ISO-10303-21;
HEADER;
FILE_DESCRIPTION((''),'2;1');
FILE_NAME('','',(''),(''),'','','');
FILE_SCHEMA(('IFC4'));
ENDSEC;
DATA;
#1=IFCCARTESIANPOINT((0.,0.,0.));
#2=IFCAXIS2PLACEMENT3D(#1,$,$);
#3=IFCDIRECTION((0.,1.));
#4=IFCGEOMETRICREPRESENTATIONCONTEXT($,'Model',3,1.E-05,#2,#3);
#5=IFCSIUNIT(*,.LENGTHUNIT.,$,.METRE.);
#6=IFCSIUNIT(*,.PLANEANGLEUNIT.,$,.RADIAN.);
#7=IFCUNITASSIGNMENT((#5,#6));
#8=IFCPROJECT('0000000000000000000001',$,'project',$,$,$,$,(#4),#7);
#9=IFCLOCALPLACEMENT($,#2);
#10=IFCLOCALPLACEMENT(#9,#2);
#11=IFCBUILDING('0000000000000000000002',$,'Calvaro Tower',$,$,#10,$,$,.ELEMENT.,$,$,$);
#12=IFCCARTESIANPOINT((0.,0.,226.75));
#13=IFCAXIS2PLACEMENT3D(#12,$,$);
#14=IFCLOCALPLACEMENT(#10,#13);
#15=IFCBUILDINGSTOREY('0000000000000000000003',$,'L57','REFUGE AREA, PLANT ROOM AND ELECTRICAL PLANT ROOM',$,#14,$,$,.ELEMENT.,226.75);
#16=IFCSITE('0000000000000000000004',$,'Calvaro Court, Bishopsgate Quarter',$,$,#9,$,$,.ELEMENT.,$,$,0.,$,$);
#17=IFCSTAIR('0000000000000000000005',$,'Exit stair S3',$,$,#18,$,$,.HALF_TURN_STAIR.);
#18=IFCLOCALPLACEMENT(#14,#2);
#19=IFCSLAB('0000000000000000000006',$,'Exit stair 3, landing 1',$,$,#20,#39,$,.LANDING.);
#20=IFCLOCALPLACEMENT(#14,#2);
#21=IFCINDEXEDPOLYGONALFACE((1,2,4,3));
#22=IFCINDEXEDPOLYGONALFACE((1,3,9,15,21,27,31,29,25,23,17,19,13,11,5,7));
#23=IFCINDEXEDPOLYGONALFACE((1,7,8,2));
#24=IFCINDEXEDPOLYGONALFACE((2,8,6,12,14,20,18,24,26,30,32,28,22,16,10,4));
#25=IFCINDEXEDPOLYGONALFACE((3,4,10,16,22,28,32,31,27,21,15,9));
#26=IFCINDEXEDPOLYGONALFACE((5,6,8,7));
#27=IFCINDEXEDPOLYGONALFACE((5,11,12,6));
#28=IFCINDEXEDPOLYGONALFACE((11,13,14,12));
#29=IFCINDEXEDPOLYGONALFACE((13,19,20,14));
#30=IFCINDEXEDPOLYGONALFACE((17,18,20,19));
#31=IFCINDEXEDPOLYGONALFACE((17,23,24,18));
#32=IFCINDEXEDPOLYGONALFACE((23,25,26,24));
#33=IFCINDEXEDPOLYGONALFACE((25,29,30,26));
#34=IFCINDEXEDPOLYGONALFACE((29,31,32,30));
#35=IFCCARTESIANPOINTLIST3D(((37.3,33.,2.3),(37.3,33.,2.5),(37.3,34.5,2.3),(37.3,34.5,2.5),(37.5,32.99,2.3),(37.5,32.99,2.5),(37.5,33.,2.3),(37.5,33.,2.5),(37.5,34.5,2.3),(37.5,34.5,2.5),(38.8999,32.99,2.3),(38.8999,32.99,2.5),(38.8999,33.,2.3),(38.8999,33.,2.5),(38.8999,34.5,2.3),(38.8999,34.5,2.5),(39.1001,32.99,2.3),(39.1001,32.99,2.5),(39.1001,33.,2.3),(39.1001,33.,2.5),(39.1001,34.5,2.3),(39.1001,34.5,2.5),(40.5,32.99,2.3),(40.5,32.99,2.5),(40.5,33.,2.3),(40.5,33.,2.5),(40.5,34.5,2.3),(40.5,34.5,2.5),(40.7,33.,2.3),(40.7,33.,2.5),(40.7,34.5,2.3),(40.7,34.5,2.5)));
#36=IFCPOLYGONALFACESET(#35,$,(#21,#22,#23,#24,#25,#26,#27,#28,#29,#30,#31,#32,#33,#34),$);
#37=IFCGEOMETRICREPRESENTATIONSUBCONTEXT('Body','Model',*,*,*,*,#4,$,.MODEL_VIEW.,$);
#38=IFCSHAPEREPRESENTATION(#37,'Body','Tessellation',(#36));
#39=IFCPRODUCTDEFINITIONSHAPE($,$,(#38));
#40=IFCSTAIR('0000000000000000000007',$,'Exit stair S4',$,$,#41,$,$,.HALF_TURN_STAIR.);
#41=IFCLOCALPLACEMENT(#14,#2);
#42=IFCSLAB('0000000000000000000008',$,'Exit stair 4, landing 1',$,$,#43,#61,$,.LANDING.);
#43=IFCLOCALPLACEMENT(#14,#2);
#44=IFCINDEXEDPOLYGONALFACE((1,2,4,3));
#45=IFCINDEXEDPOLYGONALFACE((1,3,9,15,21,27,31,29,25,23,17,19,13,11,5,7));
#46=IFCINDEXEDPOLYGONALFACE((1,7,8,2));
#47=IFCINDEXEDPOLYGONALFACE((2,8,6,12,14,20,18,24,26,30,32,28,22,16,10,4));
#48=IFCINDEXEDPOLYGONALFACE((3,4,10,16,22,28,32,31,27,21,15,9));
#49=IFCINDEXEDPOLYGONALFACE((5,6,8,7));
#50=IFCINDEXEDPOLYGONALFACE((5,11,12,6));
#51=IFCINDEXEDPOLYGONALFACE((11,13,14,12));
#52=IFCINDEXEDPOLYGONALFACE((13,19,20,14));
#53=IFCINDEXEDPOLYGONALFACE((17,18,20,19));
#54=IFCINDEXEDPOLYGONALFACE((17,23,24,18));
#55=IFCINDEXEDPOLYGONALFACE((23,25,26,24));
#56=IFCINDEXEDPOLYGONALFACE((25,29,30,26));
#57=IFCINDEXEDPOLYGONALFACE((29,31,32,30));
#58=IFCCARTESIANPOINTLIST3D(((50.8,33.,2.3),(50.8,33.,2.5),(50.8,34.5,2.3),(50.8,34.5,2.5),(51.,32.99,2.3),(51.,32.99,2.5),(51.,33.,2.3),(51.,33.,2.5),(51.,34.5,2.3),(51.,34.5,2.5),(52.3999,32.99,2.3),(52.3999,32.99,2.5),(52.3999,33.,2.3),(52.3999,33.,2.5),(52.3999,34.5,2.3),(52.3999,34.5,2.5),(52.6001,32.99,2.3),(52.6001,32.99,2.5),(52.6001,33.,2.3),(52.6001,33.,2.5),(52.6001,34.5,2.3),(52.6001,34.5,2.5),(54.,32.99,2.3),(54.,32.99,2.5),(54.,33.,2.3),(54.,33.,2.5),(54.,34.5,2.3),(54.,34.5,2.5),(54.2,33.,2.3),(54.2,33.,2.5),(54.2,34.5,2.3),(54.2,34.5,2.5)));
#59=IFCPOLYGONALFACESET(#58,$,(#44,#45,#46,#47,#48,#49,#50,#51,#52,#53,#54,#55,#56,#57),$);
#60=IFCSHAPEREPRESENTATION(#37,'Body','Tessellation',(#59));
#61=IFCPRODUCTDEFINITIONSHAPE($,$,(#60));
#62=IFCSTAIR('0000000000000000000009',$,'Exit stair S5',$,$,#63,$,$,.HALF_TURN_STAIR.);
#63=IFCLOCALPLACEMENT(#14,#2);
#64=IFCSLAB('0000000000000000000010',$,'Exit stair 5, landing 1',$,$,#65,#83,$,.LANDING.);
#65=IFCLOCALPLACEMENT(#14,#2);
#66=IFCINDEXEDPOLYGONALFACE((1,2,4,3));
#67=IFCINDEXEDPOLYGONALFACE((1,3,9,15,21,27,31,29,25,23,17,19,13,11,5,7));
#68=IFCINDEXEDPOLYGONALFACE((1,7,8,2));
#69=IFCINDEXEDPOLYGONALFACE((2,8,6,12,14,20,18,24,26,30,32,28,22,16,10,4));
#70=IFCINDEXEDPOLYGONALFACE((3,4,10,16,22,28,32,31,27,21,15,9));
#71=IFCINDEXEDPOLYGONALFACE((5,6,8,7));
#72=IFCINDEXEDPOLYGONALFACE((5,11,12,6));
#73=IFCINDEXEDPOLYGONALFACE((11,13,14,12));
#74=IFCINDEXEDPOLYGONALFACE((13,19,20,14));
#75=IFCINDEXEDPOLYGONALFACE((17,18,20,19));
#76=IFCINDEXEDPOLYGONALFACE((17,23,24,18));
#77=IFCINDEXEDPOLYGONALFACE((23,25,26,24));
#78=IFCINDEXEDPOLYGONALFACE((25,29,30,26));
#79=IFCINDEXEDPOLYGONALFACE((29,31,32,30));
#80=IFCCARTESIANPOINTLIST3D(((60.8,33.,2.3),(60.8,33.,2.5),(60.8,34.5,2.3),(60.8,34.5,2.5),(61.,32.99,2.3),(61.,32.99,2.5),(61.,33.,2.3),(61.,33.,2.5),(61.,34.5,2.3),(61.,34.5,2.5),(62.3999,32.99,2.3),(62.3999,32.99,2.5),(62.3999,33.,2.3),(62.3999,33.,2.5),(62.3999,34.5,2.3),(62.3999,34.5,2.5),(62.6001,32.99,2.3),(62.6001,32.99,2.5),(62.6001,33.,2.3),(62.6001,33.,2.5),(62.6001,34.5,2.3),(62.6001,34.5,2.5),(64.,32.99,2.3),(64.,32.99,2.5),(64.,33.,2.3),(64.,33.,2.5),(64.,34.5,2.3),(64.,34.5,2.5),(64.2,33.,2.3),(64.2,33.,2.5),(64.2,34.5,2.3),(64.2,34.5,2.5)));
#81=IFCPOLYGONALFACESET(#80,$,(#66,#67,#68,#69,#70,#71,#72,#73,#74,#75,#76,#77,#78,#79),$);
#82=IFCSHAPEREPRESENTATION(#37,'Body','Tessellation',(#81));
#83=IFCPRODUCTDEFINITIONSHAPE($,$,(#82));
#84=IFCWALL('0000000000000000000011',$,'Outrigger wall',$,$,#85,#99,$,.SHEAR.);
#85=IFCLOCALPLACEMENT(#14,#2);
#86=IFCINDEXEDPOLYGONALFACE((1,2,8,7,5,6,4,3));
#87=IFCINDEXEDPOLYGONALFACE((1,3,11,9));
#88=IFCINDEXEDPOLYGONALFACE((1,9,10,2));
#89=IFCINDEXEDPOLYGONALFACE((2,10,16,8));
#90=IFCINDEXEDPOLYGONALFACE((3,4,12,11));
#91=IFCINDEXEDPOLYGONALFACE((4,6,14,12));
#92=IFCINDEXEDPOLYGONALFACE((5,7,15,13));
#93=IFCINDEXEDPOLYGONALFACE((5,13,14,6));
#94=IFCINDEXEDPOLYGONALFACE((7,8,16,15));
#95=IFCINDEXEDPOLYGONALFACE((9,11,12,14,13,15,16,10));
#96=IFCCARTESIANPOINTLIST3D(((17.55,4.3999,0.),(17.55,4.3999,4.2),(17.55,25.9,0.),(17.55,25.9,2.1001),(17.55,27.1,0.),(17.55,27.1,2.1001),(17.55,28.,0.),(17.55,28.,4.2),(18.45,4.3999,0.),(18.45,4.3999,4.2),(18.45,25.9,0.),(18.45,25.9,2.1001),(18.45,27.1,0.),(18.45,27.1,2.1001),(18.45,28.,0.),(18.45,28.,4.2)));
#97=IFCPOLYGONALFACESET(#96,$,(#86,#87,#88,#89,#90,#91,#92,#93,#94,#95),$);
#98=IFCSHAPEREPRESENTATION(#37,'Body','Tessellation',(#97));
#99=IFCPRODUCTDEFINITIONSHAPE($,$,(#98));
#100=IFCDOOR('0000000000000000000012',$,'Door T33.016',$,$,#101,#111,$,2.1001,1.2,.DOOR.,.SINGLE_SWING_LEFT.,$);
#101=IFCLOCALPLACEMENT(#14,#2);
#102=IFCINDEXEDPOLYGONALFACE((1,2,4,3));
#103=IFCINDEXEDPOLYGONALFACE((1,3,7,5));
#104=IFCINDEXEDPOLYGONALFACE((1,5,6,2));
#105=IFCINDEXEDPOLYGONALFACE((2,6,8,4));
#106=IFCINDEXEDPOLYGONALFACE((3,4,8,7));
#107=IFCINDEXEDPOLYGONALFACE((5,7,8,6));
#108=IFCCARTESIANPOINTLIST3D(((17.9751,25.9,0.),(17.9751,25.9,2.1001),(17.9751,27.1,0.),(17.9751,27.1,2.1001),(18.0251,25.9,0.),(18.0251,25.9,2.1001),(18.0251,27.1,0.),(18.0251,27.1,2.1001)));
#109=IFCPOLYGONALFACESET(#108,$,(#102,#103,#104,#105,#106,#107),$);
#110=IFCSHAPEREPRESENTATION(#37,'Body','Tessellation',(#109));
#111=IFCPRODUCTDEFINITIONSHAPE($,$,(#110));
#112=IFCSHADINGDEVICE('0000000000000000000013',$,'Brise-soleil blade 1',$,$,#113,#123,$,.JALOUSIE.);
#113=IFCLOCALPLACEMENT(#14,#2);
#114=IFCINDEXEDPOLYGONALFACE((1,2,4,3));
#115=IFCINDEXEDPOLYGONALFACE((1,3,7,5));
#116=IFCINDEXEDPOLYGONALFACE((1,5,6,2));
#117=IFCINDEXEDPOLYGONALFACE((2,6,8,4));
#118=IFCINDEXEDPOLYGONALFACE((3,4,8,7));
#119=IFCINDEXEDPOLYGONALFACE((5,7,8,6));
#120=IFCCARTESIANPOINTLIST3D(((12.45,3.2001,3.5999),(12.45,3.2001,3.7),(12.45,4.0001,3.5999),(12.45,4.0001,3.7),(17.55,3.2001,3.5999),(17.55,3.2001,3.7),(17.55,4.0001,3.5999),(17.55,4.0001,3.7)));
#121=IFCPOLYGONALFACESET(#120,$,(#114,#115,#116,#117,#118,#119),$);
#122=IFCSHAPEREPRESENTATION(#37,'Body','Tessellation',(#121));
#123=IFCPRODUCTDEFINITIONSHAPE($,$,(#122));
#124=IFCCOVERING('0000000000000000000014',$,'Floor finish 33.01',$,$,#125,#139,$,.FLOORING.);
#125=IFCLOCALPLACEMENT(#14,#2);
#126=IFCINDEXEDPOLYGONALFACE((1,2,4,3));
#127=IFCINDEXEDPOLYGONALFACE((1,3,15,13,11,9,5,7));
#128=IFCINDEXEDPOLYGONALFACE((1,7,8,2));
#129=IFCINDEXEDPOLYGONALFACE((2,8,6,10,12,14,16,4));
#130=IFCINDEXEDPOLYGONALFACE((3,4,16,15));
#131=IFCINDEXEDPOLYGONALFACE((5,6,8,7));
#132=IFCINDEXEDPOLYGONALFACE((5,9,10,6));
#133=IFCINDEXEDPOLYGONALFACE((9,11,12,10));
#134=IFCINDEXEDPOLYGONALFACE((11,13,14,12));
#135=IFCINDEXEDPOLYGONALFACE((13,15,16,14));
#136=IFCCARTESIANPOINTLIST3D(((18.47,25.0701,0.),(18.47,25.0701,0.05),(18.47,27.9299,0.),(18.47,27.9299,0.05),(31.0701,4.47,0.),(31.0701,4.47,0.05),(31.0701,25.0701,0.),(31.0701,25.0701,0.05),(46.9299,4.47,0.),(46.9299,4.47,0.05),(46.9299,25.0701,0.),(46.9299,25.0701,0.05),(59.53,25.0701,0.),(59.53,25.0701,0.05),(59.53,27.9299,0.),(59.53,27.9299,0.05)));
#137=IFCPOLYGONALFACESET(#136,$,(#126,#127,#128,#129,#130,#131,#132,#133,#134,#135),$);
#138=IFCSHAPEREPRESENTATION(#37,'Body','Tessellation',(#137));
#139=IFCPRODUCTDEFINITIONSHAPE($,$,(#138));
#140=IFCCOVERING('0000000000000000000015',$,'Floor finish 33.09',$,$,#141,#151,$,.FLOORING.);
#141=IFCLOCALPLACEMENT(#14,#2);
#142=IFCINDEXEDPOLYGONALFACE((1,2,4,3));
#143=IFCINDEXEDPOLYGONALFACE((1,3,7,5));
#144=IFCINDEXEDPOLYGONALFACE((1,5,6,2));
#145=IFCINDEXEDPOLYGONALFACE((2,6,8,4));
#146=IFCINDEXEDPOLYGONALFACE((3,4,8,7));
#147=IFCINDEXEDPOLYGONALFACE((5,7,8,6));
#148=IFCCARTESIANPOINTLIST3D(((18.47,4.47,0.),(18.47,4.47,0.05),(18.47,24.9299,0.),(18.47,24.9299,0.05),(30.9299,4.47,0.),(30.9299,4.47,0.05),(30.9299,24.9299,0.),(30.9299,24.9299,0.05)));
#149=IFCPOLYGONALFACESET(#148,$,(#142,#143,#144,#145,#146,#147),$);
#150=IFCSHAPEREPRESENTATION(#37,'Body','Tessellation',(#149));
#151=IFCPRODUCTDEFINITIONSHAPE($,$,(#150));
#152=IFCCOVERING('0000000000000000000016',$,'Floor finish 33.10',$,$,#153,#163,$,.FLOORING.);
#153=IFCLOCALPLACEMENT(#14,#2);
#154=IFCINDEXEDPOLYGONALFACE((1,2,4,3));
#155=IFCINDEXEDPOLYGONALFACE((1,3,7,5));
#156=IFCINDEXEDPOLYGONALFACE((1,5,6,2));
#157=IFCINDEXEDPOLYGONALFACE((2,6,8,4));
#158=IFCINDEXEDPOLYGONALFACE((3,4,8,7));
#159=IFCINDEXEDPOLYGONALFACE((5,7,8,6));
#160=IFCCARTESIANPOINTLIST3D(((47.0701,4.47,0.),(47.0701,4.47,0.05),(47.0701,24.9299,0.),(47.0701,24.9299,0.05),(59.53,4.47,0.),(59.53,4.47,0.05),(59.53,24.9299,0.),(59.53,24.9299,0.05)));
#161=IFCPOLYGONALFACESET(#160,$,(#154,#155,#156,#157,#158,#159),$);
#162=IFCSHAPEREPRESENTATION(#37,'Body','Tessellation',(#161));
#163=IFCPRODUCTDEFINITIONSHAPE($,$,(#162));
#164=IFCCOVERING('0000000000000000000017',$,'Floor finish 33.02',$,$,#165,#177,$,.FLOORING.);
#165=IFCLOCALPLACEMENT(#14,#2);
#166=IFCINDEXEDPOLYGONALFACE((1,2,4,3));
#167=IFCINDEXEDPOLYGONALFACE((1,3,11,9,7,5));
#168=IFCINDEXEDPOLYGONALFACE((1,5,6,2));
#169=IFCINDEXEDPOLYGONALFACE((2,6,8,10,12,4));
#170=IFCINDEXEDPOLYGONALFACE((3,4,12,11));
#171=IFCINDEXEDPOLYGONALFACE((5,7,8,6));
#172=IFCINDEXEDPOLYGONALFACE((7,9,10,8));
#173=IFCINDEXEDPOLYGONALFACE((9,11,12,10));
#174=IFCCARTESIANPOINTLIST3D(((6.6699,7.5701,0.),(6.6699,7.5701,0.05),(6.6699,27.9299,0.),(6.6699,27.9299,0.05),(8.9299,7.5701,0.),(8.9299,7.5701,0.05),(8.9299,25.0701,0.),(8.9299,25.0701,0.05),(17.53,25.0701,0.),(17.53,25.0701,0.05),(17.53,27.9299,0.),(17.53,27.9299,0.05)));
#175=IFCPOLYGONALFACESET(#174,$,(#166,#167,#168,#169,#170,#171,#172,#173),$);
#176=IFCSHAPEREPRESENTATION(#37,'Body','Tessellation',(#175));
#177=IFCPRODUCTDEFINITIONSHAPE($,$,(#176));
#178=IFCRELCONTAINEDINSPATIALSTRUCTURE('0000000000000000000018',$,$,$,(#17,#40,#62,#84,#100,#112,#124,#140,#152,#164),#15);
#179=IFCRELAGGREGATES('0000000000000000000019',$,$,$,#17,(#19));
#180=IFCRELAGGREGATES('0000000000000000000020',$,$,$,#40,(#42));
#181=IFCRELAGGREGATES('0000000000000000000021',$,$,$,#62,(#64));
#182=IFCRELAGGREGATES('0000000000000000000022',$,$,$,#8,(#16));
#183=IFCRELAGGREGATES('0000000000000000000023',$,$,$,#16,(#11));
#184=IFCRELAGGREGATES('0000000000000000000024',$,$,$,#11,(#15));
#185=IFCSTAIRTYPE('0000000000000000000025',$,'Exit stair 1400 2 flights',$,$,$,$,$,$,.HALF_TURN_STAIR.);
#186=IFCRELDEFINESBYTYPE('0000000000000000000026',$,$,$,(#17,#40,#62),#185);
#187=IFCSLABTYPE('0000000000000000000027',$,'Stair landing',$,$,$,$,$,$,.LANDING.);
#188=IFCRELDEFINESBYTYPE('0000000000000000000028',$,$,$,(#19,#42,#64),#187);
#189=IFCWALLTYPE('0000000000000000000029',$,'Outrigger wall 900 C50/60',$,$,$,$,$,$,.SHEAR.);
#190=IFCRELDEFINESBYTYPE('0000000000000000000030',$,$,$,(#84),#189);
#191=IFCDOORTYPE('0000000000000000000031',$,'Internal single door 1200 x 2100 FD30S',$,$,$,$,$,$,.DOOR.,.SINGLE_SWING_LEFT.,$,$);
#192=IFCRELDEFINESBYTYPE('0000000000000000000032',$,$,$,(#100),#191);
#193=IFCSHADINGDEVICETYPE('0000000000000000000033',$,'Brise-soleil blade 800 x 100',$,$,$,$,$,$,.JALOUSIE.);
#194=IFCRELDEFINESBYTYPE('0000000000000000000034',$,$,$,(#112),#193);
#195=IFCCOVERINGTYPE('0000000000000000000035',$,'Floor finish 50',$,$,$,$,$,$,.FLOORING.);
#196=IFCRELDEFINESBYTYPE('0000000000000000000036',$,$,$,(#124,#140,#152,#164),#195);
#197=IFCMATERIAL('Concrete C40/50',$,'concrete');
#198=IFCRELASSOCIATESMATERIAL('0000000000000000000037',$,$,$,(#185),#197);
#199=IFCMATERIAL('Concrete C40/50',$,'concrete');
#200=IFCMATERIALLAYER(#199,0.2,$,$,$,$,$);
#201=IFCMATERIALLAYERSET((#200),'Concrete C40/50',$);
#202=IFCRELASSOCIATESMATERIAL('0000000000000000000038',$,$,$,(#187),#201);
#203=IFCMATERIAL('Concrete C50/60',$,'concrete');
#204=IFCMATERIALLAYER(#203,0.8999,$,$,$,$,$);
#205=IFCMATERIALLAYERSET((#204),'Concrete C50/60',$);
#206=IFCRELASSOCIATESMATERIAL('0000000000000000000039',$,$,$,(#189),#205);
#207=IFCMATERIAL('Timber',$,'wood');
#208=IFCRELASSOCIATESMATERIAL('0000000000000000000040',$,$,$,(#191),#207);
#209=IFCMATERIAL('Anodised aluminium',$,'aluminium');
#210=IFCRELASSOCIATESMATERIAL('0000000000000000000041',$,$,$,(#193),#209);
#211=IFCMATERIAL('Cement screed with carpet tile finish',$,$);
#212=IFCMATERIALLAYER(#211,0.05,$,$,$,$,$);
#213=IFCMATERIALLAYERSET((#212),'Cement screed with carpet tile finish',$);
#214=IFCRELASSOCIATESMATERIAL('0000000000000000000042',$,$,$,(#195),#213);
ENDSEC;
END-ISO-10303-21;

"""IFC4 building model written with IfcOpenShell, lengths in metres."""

from ifc_helpers import new_model, si_unit, direction, frame, frame_2d, origin, origin_2d, place, context, subcontext, project, spatial, polyline, rectangle, outline, extrude, material, layer, layer_set, material_profile, profile_set, type_object, element, fill, aggregate, save


model = new_model("IFC4")

# Units and contexts
model_context = context("Model", 3, precision=1e-05, world=origin(), true_north=direction((0.0, 1.0)))
body_context = subcontext(model_context, "Body", "Model", "MODEL_VIEW")
ifc_project = project(units=[si_unit("LENGTHUNIT", "METRE"), si_unit("PLANEANGLEUNIT", "RADIAN")], contexts=[model_context])

# Site, building, storey
site_placement = place(None, origin())
site = spatial("IfcSite", under=ifc_project, at=site_placement, Name="Calvaro Court, Bishopsgate Quarter", CompositionType="ELEMENT", RefElevation=0.0)
building_placement = place(site_placement, origin())
building = spatial("IfcBuilding", under=site, at=building_placement, Name="Calvaro Tower", CompositionType="ELEMENT")
storey_placement = place(building_placement, frame((0.0, 0.0, 226.75)))
storey = spatial("IfcBuildingStorey", under=building, at=storey_placement, Name="L57", Description="REFUGE AREA, PLANT ROOM AND ELECTRICAL PLANT ROOM", CompositionType="ELEMENT", Elevation=226.75)

# Stairs, slabs
ifc_material_1 = material(Name="Concrete C40/50", Category="concrete")
stair_type = type_object("IfcStairType", Name="Exit stair 1400 2 flights", PredefinedType="HALF_TURN_STAIR", material=ifc_material_1)
ifc_material_2 = material(Name="Concrete C40/50", Category="concrete")
ifc_layer_1 = layer(ifc_material_2, 0.2)
ifc_layer_set_1 = layer_set([ifc_layer_1], Name="Concrete C40/50")
slab_type_1 = type_object("IfcSlabType", Name="Stair landing", PredefinedType="LANDING", material=ifc_layer_set_1)
stair_1_placement = place(storey_placement, origin())
stair_1 = element("IfcStair", 1, at=stair_1_placement, inside=storey, type_object=stair_type, Name="Exit stair S3", PredefinedType="HALF_TURN_STAIR")
slab_1_placement = place(storey_placement, frame((0.0, 0.0, 2.3)))
slab_1 = element("IfcSlab", 2, at=slab_1_placement, type_object=slab_type_1, Name="Exit stair 3, landing 1", PredefinedType="LANDING", context=body_context, shape_type="SweptSolid", body=[
    extrude(outline(polyline([(38.8999, 32.99), (37.5, 32.99), (37.5, 33.0), (37.3, 33.0), (37.3, 34.5), (37.5, 34.5), (38.8999, 34.5), (39.1001, 34.5), (40.5, 34.5), (40.7, 34.5), (40.7, 33.0), (40.5, 33.0), (40.5, 32.99), (39.1001, 32.99), (39.1001, 33.0), (38.8999, 33.0), (38.8999, 32.99)])), origin(), (0.0, 0.0, 1.0), 0.2),
])
aggregate(stair_1, [slab_1])
stair_2_placement = place(storey_placement, origin())
stair_2 = element("IfcStair", 3, at=stair_2_placement, inside=storey, type_object=stair_type, Name="Exit stair S4", PredefinedType="HALF_TURN_STAIR")
slab_2_placement = place(storey_placement, frame((0.0, 0.0, 2.3)))
slab_2 = element("IfcSlab", 4, at=slab_2_placement, type_object=slab_type_1, Name="Exit stair 4, landing 1", PredefinedType="LANDING", context=body_context, shape_type="SweptSolid", body=[
    extrude(outline(polyline([(52.3999, 32.99), (51.0, 32.99), (51.0, 33.0), (50.8, 33.0), (50.8, 34.5), (51.0, 34.5), (52.3999, 34.5), (52.6001, 34.5), (54.0, 34.5), (54.2, 34.5), (54.2, 33.0), (54.0, 33.0), (54.0, 32.99), (52.6001, 32.99), (52.6001, 33.0), (52.3999, 33.0), (52.3999, 32.99)])), origin(), (0.0, 0.0, 1.0), 0.2),
])
aggregate(stair_2, [slab_2])
stair_3_placement = place(storey_placement, origin())
stair_3 = element("IfcStair", 5, at=stair_3_placement, inside=storey, type_object=stair_type, Name="Exit stair S5", PredefinedType="HALF_TURN_STAIR")
slab_3_placement = place(storey_placement, frame((0.0, 0.0, 2.3)))
slab_3 = element("IfcSlab", 6, at=slab_3_placement, type_object=slab_type_1, Name="Exit stair 5, landing 1", PredefinedType="LANDING", context=body_context, shape_type="SweptSolid", body=[
    extrude(outline(polyline([(62.3999, 32.99), (61.0, 32.99), (61.0, 33.0), (60.8, 33.0), (60.8, 34.5), (61.0, 34.5), (62.3999, 34.5), (62.6001, 34.5), (64.0, 34.5), (64.2, 34.5), (64.2, 33.0), (64.0, 33.0), (64.0, 32.99), (62.6001, 32.99), (62.6001, 33.0), (62.3999, 33.0), (62.3999, 32.99)])), origin(), (0.0, 0.0, 1.0), 0.2),
])
aggregate(stair_3, [slab_3])

# Wall, opening, door
ifc_material_3 = material(Name="Concrete C50/60", Category="concrete")
ifc_layer_2 = layer(ifc_material_3, 0.8999)
ifc_layer_set_2 = layer_set([ifc_layer_2], Name="Concrete C50/60")
wall_type = type_object("IfcWallType", Name="Outrigger wall 900 C50/60", PredefinedType="SHEAR", material=ifc_layer_set_2)
wall_placement = place(storey_placement, frame((18.0, 4.3999, 0.0), z_axis=(0.0, 0.0, 1.0), x_axis=(0.0, 1.0, 0.0)))
wall = element("IfcWall", 7, at=wall_placement, inside=storey, type_object=wall_type, Name="Outrigger wall", PredefinedType="SHEAR", context=body_context, shape_type="SweptSolid", body=[
    extrude(rectangle(XDim=23.6001, YDim=0.8999, at=frame_2d((11.8, 0.0))), origin(), (0.0, 0.0, 1.0), 4.2),
])
opening_placement = place(wall_placement, frame((21.5, 0.0, 0.0)))
opening = element("IfcOpeningElement", 8, at=opening_placement, cuts=wall, PredefinedType="OPENING", context=body_context, shape_type="SweptSolid", body=[
    extrude(rectangle(XDim=1.2, YDim=2.1001, at=frame_2d((0.6001, 1.05))), frame((0.0, 0.46, 0.0), z_axis=(0.0, -1.0, 0.0), x_axis=(1.0, 0.0, 0.0)), (0.0, 0.0, 1.0), 0.9199),
])
ifc_material_4 = material(Name="Timber", Category="wood")
door_type = type_object("IfcDoorType", Name="Internal single door 1200 x 2100 FD30S", OperationType="SINGLE_SWING_LEFT", PredefinedType="DOOR", material=ifc_material_4)
door_placement = place(opening_placement, origin())
door = element("IfcDoor", 9, at=door_placement, inside=storey, type_object=door_type, Name="Door T33.016", OperationType="SINGLE_SWING_LEFT", OverallHeight=2.1001, OverallWidth=1.2, PredefinedType="DOOR", context=body_context, shape_type="SweptSolid", body=[
    extrude(rectangle(XDim=1.2, YDim=2.1001, at=frame_2d((0.6001, 1.05))), frame((0.0, 0.0249, 0.0), z_axis=(0.0, -1.0, 0.0), x_axis=(1.0, 0.0, 0.0)), (0.0, 0.0, 1.0), 0.05),
])
fill(opening, door)

# Shading device
ifc_material_5 = material(Name="Anodised aluminium", Category="aluminium")
ifc_material_profile_1 = material_profile(ifc_material_5, rectangle(XDim=0.8, YDim=0.1001, at=origin_2d()), Name="Brise-soleil blade 800 x 100")
ifc_profile_set_1 = profile_set([ifc_material_profile_1], Name="Anodised aluminium")
shading_device_type_1 = type_object("IfcShadingDeviceType", Name="Brise-soleil blade 800 x 100", PredefinedType="JALOUSIE", material=ifc_profile_set_1)
shading_device_1_placement = place(storey_placement, frame((12.45, 3.6001, 3.6499), z_axis=(1.0, 0.0, 0.0), x_axis=(0.0, 1.0, 0.0)))
element("IfcShadingDevice", 10, at=shading_device_1_placement, inside=storey, type_object=shading_device_type_1, Name="Brise-soleil blade 1", PredefinedType="JALOUSIE", context=body_context, shape_type="SweptSolid", body=[
    extrude(rectangle(XDim=0.8, YDim=0.1001, at=origin_2d()), origin(), (0.0, 0.0, 1.0), 5.1001),
])

# Coverings
ifc_material_6 = material(Name="Cement screed with carpet tile finish")
ifc_layer_3 = layer(ifc_material_6, 0.05)
ifc_layer_set_3 = layer_set([ifc_layer_3], Name="Cement screed with carpet tile finish")
covering_type = type_object("IfcCoveringType", Name="Floor finish 50", PredefinedType="FLOORING", material=ifc_layer_set_3)
covering_1_placement = place(storey_placement, origin())
element("IfcCovering", 11, at=covering_1_placement, inside=storey, type_object=covering_type, Name="Floor finish 33.01", PredefinedType="FLOORING", context=body_context, shape_type="SweptSolid", body=[
    extrude(outline(polyline([(31.0701, 4.47), (31.0701, 25.0701), (18.47, 25.0701), (18.47, 27.9299), (59.53, 27.9299), (59.53, 25.0701), (46.9299, 25.0701), (46.9299, 4.47), (31.0701, 4.47)])), origin(), (0.0, 0.0, 1.0), 0.05),
])
covering_2_placement = place(storey_placement, origin())
element("IfcCovering", 12, at=covering_2_placement, inside=storey, type_object=covering_type, Name="Floor finish 33.09", PredefinedType="FLOORING", context=body_context, shape_type="SweptSolid", body=[
    extrude(outline(polyline([(18.47, 24.9299), (30.9299, 24.9299), (30.9299, 4.47), (18.47, 4.47), (18.47, 24.9299)])), origin(), (0.0, 0.0, 1.0), 0.05),
])
covering_3_placement = place(storey_placement, origin())
element("IfcCovering", 13, at=covering_3_placement, inside=storey, type_object=covering_type, Name="Floor finish 33.10", PredefinedType="FLOORING", context=body_context, shape_type="SweptSolid", body=[
    extrude(outline(polyline([(47.0701, 24.9299), (59.53, 24.9299), (59.53, 4.47), (47.0701, 4.47), (47.0701, 24.9299)])), origin(), (0.0, 0.0, 1.0), 0.05),
])
covering_4_placement = place(storey_placement, origin())
element("IfcCovering", 14, at=covering_4_placement, inside=storey, type_object=covering_type, Name="Floor finish 33.02", PredefinedType="FLOORING", context=body_context, shape_type="SweptSolid", body=[
    extrude(outline(polyline([(6.6699, 27.9299), (17.53, 27.9299), (17.53, 25.0701), (8.9299, 25.0701), (8.9299, 7.5701), (6.6699, 7.5701), (6.6699, 27.9299)])), origin(), (0.0, 0.0, 1.0), 0.05),
])

save(model, "model.ifc")
